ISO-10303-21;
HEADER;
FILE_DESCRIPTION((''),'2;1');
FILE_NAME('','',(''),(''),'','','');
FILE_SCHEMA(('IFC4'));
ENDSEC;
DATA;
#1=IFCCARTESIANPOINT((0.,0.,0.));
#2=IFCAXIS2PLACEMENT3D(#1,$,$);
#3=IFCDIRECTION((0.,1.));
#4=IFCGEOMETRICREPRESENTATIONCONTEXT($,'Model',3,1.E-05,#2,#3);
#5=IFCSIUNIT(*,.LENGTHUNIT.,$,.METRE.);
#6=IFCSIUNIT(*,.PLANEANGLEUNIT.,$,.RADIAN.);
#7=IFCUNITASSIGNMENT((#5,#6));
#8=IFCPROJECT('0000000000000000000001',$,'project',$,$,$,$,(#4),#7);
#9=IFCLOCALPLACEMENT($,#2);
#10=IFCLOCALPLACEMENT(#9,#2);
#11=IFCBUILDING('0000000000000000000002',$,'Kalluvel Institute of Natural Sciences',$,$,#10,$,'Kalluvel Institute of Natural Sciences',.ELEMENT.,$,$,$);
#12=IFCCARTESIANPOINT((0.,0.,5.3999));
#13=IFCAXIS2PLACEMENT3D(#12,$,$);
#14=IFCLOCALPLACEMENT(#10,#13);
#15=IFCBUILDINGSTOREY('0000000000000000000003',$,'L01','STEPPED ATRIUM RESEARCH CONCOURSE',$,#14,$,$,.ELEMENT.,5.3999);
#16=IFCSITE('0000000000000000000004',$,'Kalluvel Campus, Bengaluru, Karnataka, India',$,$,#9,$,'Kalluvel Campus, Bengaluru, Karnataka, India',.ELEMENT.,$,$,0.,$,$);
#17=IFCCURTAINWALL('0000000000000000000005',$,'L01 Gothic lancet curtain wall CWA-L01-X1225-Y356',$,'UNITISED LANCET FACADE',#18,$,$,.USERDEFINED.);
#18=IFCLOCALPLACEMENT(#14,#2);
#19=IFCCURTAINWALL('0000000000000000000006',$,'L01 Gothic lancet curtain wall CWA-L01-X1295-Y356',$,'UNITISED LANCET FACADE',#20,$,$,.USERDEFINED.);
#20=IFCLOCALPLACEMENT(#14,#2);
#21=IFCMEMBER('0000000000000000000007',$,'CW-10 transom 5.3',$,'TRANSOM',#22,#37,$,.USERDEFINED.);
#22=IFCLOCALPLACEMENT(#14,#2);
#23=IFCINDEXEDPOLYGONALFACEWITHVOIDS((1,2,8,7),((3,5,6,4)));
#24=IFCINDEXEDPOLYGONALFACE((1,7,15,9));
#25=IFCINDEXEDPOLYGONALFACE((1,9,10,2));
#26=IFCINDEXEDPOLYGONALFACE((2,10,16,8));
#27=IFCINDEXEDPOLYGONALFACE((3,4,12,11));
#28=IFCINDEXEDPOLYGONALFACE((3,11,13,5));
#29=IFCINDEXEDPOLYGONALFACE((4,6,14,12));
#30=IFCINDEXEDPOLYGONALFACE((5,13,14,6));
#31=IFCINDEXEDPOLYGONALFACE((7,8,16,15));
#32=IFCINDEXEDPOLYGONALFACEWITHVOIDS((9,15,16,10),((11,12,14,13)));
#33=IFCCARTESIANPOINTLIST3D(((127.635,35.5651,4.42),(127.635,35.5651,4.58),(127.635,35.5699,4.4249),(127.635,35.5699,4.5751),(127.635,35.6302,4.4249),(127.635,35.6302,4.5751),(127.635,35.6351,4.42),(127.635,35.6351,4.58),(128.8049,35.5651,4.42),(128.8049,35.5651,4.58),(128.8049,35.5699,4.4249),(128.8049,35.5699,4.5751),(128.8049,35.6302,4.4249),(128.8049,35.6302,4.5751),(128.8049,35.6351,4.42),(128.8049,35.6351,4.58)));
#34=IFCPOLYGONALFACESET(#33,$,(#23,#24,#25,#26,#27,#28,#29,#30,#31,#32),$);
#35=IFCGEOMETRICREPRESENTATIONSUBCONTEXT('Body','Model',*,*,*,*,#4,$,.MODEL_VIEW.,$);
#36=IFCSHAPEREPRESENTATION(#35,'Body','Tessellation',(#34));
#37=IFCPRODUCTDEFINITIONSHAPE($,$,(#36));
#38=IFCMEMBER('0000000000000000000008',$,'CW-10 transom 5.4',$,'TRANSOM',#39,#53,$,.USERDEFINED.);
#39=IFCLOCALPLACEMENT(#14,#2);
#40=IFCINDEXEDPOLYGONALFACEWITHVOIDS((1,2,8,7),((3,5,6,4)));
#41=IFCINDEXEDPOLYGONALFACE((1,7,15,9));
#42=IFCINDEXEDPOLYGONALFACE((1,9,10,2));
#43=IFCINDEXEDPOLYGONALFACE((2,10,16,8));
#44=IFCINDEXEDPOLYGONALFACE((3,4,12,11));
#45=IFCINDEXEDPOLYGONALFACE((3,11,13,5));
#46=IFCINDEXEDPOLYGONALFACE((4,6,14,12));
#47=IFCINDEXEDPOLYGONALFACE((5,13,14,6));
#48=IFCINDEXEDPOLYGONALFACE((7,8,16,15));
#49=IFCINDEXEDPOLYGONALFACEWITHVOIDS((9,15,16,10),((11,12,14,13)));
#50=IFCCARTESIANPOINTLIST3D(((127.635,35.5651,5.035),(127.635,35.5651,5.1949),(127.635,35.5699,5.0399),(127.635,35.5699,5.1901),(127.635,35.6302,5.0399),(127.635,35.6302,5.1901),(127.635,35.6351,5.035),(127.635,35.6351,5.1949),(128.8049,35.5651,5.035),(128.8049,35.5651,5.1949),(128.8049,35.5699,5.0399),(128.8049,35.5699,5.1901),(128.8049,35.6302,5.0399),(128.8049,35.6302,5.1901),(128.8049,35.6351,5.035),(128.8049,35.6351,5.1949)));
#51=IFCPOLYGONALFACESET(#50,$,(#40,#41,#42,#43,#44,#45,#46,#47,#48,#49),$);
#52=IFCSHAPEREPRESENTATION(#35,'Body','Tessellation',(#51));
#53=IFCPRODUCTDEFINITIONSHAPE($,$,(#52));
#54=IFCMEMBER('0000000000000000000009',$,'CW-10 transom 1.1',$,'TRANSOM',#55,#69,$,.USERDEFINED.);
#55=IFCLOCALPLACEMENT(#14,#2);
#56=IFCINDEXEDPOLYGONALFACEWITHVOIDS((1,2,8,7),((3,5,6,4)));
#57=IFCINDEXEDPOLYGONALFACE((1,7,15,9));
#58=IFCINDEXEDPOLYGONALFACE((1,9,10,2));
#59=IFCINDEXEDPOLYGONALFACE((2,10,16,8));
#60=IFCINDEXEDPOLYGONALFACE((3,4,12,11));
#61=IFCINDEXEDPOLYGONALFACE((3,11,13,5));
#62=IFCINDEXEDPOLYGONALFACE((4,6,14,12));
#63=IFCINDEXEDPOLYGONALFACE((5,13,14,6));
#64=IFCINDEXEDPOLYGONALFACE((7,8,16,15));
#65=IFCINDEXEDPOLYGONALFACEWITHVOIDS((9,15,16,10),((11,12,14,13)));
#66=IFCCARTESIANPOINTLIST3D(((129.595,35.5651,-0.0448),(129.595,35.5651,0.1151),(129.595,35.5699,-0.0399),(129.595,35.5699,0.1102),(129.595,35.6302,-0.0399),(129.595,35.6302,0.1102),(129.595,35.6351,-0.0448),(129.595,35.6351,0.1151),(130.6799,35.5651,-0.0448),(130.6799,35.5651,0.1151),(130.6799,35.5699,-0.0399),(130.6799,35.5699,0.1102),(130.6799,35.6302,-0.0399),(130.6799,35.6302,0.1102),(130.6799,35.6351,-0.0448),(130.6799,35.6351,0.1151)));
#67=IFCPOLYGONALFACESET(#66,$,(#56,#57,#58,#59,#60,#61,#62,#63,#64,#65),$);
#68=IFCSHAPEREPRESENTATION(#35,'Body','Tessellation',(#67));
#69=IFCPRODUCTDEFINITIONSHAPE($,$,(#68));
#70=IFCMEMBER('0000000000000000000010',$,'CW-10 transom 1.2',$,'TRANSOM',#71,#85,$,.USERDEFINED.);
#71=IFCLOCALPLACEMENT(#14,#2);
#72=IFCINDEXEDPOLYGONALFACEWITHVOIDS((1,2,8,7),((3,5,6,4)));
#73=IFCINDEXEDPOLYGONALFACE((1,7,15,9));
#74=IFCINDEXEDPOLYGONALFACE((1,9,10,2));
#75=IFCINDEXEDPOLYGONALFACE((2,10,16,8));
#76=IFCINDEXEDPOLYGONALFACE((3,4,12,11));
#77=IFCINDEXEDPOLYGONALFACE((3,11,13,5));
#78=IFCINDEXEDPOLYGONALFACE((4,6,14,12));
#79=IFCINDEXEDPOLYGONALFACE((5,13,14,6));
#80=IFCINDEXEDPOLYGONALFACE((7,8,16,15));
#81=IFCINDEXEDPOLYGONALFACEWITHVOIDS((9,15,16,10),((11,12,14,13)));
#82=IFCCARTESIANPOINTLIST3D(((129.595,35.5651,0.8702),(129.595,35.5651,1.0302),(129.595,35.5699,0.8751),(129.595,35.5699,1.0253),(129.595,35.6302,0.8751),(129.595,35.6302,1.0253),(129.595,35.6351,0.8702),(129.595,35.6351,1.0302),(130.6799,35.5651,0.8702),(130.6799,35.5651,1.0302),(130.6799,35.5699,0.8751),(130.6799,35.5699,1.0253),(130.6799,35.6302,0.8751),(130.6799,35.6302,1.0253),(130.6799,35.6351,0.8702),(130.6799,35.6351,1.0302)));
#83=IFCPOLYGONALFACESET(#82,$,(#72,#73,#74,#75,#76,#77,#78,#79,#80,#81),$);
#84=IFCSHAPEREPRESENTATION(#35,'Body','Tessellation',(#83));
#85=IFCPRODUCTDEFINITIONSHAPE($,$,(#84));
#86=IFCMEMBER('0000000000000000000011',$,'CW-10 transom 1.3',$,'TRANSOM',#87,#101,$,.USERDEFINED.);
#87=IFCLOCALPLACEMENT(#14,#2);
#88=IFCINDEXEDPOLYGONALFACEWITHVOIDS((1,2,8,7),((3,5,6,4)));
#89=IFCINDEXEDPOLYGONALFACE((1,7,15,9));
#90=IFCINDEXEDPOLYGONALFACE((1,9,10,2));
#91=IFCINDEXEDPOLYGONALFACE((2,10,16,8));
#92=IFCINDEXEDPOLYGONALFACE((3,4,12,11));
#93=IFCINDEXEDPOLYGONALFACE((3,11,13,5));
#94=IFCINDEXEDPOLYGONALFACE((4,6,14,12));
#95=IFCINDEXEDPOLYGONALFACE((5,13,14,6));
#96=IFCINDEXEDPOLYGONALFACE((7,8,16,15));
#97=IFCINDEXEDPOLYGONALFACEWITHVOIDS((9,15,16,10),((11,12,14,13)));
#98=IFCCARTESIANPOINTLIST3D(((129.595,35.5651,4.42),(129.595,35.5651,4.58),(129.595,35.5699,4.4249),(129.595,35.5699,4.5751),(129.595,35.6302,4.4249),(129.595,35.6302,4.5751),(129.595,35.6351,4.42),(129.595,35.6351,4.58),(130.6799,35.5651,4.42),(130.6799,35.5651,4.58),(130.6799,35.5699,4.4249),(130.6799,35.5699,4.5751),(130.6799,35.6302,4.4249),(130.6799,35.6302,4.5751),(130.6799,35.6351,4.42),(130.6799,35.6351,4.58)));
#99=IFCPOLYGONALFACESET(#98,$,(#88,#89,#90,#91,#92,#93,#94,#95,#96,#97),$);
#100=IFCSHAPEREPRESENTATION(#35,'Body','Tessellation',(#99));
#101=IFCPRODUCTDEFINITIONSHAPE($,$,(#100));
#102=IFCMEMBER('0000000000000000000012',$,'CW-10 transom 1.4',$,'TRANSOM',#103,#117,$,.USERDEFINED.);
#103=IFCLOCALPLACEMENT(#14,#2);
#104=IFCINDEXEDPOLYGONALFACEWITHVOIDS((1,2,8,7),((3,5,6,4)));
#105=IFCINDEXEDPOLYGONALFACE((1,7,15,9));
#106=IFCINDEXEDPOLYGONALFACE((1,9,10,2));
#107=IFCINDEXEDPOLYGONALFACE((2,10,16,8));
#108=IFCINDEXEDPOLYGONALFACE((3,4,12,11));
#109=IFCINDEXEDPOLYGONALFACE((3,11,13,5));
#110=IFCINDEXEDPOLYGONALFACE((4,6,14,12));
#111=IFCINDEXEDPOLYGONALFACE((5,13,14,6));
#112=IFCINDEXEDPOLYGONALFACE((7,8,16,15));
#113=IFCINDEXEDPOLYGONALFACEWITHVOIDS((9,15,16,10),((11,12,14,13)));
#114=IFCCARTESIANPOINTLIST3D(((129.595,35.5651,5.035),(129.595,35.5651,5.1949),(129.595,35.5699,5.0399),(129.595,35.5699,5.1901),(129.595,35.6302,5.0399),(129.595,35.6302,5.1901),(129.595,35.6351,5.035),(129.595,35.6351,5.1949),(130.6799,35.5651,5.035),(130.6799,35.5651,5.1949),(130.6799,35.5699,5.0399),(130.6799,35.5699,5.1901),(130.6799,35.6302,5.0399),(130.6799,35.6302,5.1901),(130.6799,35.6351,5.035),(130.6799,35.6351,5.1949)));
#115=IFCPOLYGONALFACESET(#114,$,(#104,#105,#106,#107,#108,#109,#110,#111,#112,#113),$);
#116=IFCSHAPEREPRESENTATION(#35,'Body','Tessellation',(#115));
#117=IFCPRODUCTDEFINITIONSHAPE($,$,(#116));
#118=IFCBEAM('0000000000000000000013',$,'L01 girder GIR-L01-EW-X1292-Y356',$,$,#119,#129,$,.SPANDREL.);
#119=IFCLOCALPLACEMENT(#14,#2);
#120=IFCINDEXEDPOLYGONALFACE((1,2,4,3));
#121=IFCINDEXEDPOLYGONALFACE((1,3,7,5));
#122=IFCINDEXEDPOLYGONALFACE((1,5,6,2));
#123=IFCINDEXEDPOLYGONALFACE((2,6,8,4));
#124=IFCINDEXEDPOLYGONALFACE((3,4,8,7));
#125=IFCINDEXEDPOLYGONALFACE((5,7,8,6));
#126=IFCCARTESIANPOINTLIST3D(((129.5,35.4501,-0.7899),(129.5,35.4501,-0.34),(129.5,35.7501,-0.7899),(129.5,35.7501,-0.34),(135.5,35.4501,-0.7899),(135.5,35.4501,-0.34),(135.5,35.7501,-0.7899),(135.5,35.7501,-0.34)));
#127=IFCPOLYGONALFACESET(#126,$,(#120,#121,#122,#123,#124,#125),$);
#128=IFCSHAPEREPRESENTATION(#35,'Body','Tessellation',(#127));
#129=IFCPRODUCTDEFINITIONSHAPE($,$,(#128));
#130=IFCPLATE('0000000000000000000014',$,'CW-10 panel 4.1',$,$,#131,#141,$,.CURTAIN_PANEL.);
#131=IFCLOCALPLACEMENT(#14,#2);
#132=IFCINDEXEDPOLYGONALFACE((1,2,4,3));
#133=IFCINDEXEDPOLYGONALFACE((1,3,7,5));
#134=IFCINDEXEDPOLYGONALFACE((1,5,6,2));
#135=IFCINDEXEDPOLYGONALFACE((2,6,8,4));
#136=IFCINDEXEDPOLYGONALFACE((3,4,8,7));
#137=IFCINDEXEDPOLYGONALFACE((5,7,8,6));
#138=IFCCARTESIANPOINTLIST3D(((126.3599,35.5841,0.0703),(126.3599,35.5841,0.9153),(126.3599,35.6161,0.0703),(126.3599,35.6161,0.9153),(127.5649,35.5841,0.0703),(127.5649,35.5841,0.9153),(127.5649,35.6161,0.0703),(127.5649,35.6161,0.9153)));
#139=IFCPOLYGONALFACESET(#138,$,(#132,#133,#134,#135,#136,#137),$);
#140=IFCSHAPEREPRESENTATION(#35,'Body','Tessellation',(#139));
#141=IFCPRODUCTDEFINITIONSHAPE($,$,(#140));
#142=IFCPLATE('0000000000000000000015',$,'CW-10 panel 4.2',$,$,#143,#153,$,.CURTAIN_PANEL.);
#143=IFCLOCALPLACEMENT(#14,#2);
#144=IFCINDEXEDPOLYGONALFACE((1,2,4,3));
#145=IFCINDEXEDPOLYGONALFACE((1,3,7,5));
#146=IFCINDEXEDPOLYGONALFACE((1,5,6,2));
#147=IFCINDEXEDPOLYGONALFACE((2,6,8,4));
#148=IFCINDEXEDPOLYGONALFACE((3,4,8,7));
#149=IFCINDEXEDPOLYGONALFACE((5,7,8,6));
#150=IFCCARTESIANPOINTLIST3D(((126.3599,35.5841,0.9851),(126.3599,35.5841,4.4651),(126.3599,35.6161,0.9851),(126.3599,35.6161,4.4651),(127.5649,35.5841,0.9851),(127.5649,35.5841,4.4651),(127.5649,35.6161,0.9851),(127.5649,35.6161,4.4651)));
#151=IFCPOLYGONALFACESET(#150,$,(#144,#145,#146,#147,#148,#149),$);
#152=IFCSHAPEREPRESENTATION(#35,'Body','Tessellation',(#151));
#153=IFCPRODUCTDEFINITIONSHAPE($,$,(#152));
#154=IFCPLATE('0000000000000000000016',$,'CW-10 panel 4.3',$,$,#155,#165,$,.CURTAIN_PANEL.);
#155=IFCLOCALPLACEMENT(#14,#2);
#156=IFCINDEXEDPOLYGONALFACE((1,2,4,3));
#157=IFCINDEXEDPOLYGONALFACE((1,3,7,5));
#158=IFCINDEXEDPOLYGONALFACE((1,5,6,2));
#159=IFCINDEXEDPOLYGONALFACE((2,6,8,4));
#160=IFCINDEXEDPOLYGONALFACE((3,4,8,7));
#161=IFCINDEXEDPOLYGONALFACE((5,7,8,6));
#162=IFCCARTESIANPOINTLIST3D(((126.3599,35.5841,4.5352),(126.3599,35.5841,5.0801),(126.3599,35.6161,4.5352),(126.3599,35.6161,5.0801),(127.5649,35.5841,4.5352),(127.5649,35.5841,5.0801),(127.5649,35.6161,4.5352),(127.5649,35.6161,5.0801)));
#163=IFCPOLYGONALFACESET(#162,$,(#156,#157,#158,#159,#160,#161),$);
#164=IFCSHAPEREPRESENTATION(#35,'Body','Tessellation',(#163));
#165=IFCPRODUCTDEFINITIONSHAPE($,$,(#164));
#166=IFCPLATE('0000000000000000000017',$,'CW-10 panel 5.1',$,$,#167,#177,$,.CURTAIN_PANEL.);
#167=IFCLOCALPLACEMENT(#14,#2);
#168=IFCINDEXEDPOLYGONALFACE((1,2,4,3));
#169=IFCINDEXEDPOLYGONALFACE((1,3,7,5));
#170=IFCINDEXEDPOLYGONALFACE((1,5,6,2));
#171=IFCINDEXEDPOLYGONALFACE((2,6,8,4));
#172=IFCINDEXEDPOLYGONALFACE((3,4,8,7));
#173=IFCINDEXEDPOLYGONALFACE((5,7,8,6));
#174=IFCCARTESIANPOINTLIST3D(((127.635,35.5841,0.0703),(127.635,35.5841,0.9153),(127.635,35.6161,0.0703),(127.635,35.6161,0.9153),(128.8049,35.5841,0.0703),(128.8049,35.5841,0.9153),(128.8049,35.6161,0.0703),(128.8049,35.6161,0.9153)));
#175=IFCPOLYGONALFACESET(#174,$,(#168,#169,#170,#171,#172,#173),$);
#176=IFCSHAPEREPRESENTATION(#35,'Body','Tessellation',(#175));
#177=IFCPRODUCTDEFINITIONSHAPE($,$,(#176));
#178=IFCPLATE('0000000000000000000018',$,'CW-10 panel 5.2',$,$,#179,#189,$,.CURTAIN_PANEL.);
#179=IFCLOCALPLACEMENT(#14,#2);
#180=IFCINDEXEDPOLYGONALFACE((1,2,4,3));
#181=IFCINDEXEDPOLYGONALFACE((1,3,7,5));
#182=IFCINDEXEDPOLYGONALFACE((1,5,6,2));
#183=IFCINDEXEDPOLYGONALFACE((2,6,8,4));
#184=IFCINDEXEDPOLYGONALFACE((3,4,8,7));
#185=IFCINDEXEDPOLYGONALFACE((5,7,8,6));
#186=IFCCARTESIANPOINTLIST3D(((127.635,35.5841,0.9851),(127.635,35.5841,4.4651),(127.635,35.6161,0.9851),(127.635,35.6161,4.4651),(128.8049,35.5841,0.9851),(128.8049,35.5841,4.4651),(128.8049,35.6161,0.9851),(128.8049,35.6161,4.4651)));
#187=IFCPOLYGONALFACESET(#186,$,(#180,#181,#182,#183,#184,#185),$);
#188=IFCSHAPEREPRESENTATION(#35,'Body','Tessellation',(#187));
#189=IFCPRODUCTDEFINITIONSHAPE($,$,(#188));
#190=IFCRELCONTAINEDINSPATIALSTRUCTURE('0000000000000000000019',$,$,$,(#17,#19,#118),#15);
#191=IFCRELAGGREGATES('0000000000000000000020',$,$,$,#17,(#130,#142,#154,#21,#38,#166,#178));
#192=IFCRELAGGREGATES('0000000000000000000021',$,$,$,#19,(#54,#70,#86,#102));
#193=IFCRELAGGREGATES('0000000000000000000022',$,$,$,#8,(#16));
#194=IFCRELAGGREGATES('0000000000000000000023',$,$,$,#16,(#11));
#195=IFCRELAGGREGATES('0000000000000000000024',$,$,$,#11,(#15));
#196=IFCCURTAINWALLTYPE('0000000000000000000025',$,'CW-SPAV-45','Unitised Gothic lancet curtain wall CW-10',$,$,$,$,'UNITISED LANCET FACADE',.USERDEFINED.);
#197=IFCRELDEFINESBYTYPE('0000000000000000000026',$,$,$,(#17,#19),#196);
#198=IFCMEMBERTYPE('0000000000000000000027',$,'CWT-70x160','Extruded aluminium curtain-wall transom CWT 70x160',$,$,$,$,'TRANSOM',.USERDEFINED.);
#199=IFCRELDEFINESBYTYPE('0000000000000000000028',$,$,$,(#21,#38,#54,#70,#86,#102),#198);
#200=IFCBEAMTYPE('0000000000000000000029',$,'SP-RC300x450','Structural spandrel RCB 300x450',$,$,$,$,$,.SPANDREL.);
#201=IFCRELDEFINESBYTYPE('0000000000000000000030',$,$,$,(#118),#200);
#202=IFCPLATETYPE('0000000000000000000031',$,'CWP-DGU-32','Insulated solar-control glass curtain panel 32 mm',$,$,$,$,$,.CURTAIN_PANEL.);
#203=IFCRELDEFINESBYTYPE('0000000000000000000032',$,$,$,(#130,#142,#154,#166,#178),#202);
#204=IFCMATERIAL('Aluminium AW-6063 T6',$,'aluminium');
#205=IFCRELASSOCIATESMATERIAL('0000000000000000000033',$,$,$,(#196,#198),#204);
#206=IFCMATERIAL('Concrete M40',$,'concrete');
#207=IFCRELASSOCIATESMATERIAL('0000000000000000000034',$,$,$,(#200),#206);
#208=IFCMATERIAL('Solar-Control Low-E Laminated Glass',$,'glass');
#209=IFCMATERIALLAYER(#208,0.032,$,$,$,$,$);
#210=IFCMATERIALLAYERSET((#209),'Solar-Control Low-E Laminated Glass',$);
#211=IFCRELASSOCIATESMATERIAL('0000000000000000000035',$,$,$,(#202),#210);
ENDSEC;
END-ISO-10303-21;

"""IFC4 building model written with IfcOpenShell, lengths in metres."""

from ifc_helpers import new_model, si_unit, direction, frame, origin, origin_2d, place, context, subcontext, project, spatial, rectangle, hollow_rectangle, extrude, material, layer, layer_set, material_profile, profile_set, type_object, element, aggregate, save


model = new_model("IFC4")

# Units and contexts
model_context = context("Model", 3, precision=1e-05, world=origin(), true_north=direction((0.0, 1.0)))
body_context = subcontext(model_context, "Body", "Model", "MODEL_VIEW")
ifc_project = project(units=[si_unit("LENGTHUNIT", "METRE"), si_unit("PLANEANGLEUNIT", "RADIAN")], contexts=[model_context])

# Site, building, storey
site_placement = place(None, origin())
site = spatial("IfcSite", under=ifc_project, at=site_placement, Name="Kalluvel Campus, Bengaluru, Karnataka, India", LongName="Kalluvel Campus, Bengaluru, Karnataka, India", CompositionType="ELEMENT", RefElevation=0.0)
building_placement = place(site_placement, origin())
building = spatial("IfcBuilding", under=site, at=building_placement, Name="Kalluvel Institute of Natural Sciences", LongName="Kalluvel Institute of Natural Sciences", CompositionType="ELEMENT")
storey_placement = place(building_placement, frame((0.0, 0.0, 5.3999)))
storey = spatial("IfcBuildingStorey", under=building, at=storey_placement, Name="L01", Description="STEPPED ATRIUM RESEARCH CONCOURSE", CompositionType="ELEMENT", Elevation=5.3999)

# Shared definitions
ifc_material_1 = material(Name="Concrete M40", Category="concrete")

# Curtain wall
ifc_material_2 = material(Name="Aluminium AW-6063 T6", Category="aluminium")
curtain_wall_type = type_object("IfcCurtainWallType", Name="CW-SPAV-45", Description="Unitised Gothic lancet curtain wall CW-10", ElementType="UNITISED LANCET FACADE", PredefinedType="USERDEFINED", material=ifc_material_2)
curtain_wall_1_placement = place(storey_placement, origin())
curtain_wall_1 = element("IfcCurtainWall", 1, at=curtain_wall_1_placement, inside=storey, type_object=curtain_wall_type, Name="L01 Gothic lancet curtain wall CWA-L01-X1225-Y356", ObjectType="UNITISED LANCET FACADE", PredefinedType="USERDEFINED")

# Curtain wall
curtain_wall_2_placement = place(storey_placement, origin())
curtain_wall_2 = element("IfcCurtainWall", 2, at=curtain_wall_2_placement, inside=storey, type_object=curtain_wall_type, Name="L01 Gothic lancet curtain wall CWA-L01-X1295-Y356", ObjectType="UNITISED LANCET FACADE", PredefinedType="USERDEFINED")

# Members
ifc_material_profile_1 = material_profile(ifc_material_2, hollow_rectangle(XDim=0.0701, YDim=0.1599, WallThickness=0.0049, at=origin_2d()), Name="CWT 70x160")
ifc_profile_set_1 = profile_set([ifc_material_profile_1], Name="Aluminium AW-6063 T6")
member_type_1 = type_object("IfcMemberType", Name="CWT-70x160", Description="Extruded aluminium curtain-wall transom CWT 70x160", ElementType="TRANSOM", PredefinedType="USERDEFINED", material=ifc_profile_set_1)
member_1_placement = place(storey_placement, frame((127.635, 35.6001, 4.5), z_axis=(1.0, 0.0, 0.0), x_axis=(0.0, 1.0, 0.0)))
member_1 = element("IfcMember", 3, at=member_1_placement, type_object=member_type_1, Name="CW-10 transom 5.3", ObjectType="TRANSOM", PredefinedType="USERDEFINED", context=body_context, shape_type="SweptSolid", body=[
    extrude(hollow_rectangle(XDim=0.0701, YDim=0.1599, WallThickness=0.0049, at=origin_2d()), origin(), (0.0, 0.0, 1.0), 1.1699),
])
member_2_placement = place(storey_placement, frame((127.635, 35.6001, 5.115), z_axis=(1.0, 0.0, 0.0), x_axis=(0.0, 1.0, 0.0)))
member_2 = element("IfcMember", 4, at=member_2_placement, type_object=member_type_1, Name="CW-10 transom 5.4", ObjectType="TRANSOM", PredefinedType="USERDEFINED", context=body_context, shape_type="SweptSolid", body=[
    extrude(hollow_rectangle(XDim=0.0701, YDim=0.1599, WallThickness=0.0049, at=origin_2d()), origin(), (0.0, 0.0, 1.0), 1.1699),
])
member_3_placement = place(storey_placement, frame((129.595, 35.6001, 0.0352), z_axis=(1.0, 0.0, 0.0), x_axis=(0.0, 1.0, 0.0)))
member_3 = element("IfcMember", 5, at=member_3_placement, type_object=member_type_1, Name="CW-10 transom 1.1", ObjectType="TRANSOM", PredefinedType="USERDEFINED", context=body_context, shape_type="SweptSolid", body=[
    extrude(hollow_rectangle(XDim=0.0701, YDim=0.1599, WallThickness=0.0049, at=origin_2d()), origin(), (0.0, 0.0, 1.0), 1.085),
])
member_4_placement = place(storey_placement, frame((129.595, 35.6001, 0.9502), z_axis=(1.0, 0.0, 0.0), x_axis=(0.0, 1.0, 0.0)))
member_4 = element("IfcMember", 6, at=member_4_placement, type_object=member_type_1, Name="CW-10 transom 1.2", ObjectType="TRANSOM", PredefinedType="USERDEFINED", context=body_context, shape_type="SweptSolid", body=[
    extrude(hollow_rectangle(XDim=0.0701, YDim=0.1599, WallThickness=0.0049, at=origin_2d()), origin(), (0.0, 0.0, 1.0), 1.085),
])
member_5_placement = place(storey_placement, frame((129.595, 35.6001, 4.5), z_axis=(1.0, 0.0, 0.0), x_axis=(0.0, 1.0, 0.0)))
member_5 = element("IfcMember", 7, at=member_5_placement, type_object=member_type_1, Name="CW-10 transom 1.3", ObjectType="TRANSOM", PredefinedType="USERDEFINED", context=body_context, shape_type="SweptSolid", body=[
    extrude(hollow_rectangle(XDim=0.0701, YDim=0.1599, WallThickness=0.0049, at=origin_2d()), origin(), (0.0, 0.0, 1.0), 1.085),
])
member_6_placement = place(storey_placement, frame((129.595, 35.6001, 5.115), z_axis=(1.0, 0.0, 0.0), x_axis=(0.0, 1.0, 0.0)))
member_6 = element("IfcMember", 8, at=member_6_placement, type_object=member_type_1, Name="CW-10 transom 1.4", ObjectType="TRANSOM", PredefinedType="USERDEFINED", context=body_context, shape_type="SweptSolid", body=[
    extrude(hollow_rectangle(XDim=0.0701, YDim=0.1599, WallThickness=0.0049, at=origin_2d()), origin(), (0.0, 0.0, 1.0), 1.085),
])

# Beam
ifc_material_profile_2 = material_profile(ifc_material_1, rectangle(XDim=0.3, YDim=0.45, at=origin_2d()), Name="RCB 300x450")
ifc_profile_set_2 = profile_set([ifc_material_profile_2], Name="Concrete M40")
beam_type = type_object("IfcBeamType", Name="SP-RC300x450", Description="Structural spandrel RCB 300x450", PredefinedType="SPANDREL", material=ifc_profile_set_2)
beam_placement = place(storey_placement, frame((129.5, 35.6001, -0.5649), z_axis=(1.0, 0.0, 0.0), x_axis=(0.0, 1.0, 0.0)))
element("IfcBeam", 9, at=beam_placement, inside=storey, type_object=beam_type, Name="L01 girder GIR-L01-EW-X1292-Y356", PredefinedType="SPANDREL", context=body_context, shape_type="SweptSolid", body=[
    extrude(rectangle(XDim=0.3, YDim=0.45, at=origin_2d()), origin(), (0.0, 0.0, 1.0), 6.0),
])

# Plates
ifc_material_3 = material(Name="Solar-Control Low-E Laminated Glass", Category="glass")
ifc_layer = layer(ifc_material_3, 0.032)
ifc_layer_set = layer_set([ifc_layer], Name="Solar-Control Low-E Laminated Glass")
plate_type = type_object("IfcPlateType", Name="CWP-DGU-32", Description="Insulated solar-control glass curtain panel 32 mm", PredefinedType="CURTAIN_PANEL", material=ifc_layer_set)
plate_1_placement = place(storey_placement, frame((126.9624, 35.6001, 0.0703), z_axis=(0.0, 0.0, 1.0), x_axis=(1.0, 0.0, 0.0)))
plate_1 = element("IfcPlate", 10, at=plate_1_placement, type_object=plate_type, Name="CW-10 panel 4.1", PredefinedType="CURTAIN_PANEL", context=body_context, shape_type="SweptSolid", body=[
    extrude(rectangle(XDim=1.2051, YDim=0.032, at=origin_2d()), origin(), (0.0, 0.0, 1.0), 0.845),
])
plate_2_placement = place(storey_placement, frame((126.9624, 35.6001, 0.9851), z_axis=(0.0, 0.0, 1.0), x_axis=(1.0, 0.0, 0.0)))
plate_2 = element("IfcPlate", 11, at=plate_2_placement, type_object=plate_type, Name="CW-10 panel 4.2", PredefinedType="CURTAIN_PANEL", context=body_context, shape_type="SweptSolid", body=[
    extrude(rectangle(XDim=1.2051, YDim=0.032, at=origin_2d()), origin(), (0.0, 0.0, 1.0), 3.48),
])
plate_3_placement = place(storey_placement, frame((126.9624, 35.6001, 4.5352), z_axis=(0.0, 0.0, 1.0), x_axis=(1.0, 0.0, 0.0)))
plate_3 = element("IfcPlate", 12, at=plate_3_placement, type_object=plate_type, Name="CW-10 panel 4.3", PredefinedType="CURTAIN_PANEL", context=body_context, shape_type="SweptSolid", body=[
    extrude(rectangle(XDim=1.2051, YDim=0.032, at=origin_2d()), origin(), (0.0, 0.0, 1.0), 0.5449),
])
plate_4_placement = place(storey_placement, frame((128.22, 35.6001, 0.0703), z_axis=(0.0, 0.0, 1.0), x_axis=(1.0, 0.0, 0.0)))
plate_4 = element("IfcPlate", 13, at=plate_4_placement, type_object=plate_type, Name="CW-10 panel 5.1", PredefinedType="CURTAIN_PANEL", context=body_context, shape_type="SweptSolid", body=[
    extrude(rectangle(XDim=1.1699, YDim=0.032, at=origin_2d()), origin(), (0.0, 0.0, 1.0), 0.845),
])
plate_5_placement = place(storey_placement, frame((128.22, 35.6001, 0.9851), z_axis=(0.0, 0.0, 1.0), x_axis=(1.0, 0.0, 0.0)))
plate_5 = element("IfcPlate", 14, at=plate_5_placement, type_object=plate_type, Name="CW-10 panel 5.2", PredefinedType="CURTAIN_PANEL", context=body_context, shape_type="SweptSolid", body=[
    extrude(rectangle(XDim=1.1699, YDim=0.032, at=origin_2d()), origin(), (0.0, 0.0, 1.0), 3.48),
])
aggregate(curtain_wall_1, [plate_1, plate_2, plate_3, member_1, member_2, plate_4, plate_5])
aggregate(curtain_wall_2, [member_3, member_4, member_5, member_6])

save(model, "model.ifc")
